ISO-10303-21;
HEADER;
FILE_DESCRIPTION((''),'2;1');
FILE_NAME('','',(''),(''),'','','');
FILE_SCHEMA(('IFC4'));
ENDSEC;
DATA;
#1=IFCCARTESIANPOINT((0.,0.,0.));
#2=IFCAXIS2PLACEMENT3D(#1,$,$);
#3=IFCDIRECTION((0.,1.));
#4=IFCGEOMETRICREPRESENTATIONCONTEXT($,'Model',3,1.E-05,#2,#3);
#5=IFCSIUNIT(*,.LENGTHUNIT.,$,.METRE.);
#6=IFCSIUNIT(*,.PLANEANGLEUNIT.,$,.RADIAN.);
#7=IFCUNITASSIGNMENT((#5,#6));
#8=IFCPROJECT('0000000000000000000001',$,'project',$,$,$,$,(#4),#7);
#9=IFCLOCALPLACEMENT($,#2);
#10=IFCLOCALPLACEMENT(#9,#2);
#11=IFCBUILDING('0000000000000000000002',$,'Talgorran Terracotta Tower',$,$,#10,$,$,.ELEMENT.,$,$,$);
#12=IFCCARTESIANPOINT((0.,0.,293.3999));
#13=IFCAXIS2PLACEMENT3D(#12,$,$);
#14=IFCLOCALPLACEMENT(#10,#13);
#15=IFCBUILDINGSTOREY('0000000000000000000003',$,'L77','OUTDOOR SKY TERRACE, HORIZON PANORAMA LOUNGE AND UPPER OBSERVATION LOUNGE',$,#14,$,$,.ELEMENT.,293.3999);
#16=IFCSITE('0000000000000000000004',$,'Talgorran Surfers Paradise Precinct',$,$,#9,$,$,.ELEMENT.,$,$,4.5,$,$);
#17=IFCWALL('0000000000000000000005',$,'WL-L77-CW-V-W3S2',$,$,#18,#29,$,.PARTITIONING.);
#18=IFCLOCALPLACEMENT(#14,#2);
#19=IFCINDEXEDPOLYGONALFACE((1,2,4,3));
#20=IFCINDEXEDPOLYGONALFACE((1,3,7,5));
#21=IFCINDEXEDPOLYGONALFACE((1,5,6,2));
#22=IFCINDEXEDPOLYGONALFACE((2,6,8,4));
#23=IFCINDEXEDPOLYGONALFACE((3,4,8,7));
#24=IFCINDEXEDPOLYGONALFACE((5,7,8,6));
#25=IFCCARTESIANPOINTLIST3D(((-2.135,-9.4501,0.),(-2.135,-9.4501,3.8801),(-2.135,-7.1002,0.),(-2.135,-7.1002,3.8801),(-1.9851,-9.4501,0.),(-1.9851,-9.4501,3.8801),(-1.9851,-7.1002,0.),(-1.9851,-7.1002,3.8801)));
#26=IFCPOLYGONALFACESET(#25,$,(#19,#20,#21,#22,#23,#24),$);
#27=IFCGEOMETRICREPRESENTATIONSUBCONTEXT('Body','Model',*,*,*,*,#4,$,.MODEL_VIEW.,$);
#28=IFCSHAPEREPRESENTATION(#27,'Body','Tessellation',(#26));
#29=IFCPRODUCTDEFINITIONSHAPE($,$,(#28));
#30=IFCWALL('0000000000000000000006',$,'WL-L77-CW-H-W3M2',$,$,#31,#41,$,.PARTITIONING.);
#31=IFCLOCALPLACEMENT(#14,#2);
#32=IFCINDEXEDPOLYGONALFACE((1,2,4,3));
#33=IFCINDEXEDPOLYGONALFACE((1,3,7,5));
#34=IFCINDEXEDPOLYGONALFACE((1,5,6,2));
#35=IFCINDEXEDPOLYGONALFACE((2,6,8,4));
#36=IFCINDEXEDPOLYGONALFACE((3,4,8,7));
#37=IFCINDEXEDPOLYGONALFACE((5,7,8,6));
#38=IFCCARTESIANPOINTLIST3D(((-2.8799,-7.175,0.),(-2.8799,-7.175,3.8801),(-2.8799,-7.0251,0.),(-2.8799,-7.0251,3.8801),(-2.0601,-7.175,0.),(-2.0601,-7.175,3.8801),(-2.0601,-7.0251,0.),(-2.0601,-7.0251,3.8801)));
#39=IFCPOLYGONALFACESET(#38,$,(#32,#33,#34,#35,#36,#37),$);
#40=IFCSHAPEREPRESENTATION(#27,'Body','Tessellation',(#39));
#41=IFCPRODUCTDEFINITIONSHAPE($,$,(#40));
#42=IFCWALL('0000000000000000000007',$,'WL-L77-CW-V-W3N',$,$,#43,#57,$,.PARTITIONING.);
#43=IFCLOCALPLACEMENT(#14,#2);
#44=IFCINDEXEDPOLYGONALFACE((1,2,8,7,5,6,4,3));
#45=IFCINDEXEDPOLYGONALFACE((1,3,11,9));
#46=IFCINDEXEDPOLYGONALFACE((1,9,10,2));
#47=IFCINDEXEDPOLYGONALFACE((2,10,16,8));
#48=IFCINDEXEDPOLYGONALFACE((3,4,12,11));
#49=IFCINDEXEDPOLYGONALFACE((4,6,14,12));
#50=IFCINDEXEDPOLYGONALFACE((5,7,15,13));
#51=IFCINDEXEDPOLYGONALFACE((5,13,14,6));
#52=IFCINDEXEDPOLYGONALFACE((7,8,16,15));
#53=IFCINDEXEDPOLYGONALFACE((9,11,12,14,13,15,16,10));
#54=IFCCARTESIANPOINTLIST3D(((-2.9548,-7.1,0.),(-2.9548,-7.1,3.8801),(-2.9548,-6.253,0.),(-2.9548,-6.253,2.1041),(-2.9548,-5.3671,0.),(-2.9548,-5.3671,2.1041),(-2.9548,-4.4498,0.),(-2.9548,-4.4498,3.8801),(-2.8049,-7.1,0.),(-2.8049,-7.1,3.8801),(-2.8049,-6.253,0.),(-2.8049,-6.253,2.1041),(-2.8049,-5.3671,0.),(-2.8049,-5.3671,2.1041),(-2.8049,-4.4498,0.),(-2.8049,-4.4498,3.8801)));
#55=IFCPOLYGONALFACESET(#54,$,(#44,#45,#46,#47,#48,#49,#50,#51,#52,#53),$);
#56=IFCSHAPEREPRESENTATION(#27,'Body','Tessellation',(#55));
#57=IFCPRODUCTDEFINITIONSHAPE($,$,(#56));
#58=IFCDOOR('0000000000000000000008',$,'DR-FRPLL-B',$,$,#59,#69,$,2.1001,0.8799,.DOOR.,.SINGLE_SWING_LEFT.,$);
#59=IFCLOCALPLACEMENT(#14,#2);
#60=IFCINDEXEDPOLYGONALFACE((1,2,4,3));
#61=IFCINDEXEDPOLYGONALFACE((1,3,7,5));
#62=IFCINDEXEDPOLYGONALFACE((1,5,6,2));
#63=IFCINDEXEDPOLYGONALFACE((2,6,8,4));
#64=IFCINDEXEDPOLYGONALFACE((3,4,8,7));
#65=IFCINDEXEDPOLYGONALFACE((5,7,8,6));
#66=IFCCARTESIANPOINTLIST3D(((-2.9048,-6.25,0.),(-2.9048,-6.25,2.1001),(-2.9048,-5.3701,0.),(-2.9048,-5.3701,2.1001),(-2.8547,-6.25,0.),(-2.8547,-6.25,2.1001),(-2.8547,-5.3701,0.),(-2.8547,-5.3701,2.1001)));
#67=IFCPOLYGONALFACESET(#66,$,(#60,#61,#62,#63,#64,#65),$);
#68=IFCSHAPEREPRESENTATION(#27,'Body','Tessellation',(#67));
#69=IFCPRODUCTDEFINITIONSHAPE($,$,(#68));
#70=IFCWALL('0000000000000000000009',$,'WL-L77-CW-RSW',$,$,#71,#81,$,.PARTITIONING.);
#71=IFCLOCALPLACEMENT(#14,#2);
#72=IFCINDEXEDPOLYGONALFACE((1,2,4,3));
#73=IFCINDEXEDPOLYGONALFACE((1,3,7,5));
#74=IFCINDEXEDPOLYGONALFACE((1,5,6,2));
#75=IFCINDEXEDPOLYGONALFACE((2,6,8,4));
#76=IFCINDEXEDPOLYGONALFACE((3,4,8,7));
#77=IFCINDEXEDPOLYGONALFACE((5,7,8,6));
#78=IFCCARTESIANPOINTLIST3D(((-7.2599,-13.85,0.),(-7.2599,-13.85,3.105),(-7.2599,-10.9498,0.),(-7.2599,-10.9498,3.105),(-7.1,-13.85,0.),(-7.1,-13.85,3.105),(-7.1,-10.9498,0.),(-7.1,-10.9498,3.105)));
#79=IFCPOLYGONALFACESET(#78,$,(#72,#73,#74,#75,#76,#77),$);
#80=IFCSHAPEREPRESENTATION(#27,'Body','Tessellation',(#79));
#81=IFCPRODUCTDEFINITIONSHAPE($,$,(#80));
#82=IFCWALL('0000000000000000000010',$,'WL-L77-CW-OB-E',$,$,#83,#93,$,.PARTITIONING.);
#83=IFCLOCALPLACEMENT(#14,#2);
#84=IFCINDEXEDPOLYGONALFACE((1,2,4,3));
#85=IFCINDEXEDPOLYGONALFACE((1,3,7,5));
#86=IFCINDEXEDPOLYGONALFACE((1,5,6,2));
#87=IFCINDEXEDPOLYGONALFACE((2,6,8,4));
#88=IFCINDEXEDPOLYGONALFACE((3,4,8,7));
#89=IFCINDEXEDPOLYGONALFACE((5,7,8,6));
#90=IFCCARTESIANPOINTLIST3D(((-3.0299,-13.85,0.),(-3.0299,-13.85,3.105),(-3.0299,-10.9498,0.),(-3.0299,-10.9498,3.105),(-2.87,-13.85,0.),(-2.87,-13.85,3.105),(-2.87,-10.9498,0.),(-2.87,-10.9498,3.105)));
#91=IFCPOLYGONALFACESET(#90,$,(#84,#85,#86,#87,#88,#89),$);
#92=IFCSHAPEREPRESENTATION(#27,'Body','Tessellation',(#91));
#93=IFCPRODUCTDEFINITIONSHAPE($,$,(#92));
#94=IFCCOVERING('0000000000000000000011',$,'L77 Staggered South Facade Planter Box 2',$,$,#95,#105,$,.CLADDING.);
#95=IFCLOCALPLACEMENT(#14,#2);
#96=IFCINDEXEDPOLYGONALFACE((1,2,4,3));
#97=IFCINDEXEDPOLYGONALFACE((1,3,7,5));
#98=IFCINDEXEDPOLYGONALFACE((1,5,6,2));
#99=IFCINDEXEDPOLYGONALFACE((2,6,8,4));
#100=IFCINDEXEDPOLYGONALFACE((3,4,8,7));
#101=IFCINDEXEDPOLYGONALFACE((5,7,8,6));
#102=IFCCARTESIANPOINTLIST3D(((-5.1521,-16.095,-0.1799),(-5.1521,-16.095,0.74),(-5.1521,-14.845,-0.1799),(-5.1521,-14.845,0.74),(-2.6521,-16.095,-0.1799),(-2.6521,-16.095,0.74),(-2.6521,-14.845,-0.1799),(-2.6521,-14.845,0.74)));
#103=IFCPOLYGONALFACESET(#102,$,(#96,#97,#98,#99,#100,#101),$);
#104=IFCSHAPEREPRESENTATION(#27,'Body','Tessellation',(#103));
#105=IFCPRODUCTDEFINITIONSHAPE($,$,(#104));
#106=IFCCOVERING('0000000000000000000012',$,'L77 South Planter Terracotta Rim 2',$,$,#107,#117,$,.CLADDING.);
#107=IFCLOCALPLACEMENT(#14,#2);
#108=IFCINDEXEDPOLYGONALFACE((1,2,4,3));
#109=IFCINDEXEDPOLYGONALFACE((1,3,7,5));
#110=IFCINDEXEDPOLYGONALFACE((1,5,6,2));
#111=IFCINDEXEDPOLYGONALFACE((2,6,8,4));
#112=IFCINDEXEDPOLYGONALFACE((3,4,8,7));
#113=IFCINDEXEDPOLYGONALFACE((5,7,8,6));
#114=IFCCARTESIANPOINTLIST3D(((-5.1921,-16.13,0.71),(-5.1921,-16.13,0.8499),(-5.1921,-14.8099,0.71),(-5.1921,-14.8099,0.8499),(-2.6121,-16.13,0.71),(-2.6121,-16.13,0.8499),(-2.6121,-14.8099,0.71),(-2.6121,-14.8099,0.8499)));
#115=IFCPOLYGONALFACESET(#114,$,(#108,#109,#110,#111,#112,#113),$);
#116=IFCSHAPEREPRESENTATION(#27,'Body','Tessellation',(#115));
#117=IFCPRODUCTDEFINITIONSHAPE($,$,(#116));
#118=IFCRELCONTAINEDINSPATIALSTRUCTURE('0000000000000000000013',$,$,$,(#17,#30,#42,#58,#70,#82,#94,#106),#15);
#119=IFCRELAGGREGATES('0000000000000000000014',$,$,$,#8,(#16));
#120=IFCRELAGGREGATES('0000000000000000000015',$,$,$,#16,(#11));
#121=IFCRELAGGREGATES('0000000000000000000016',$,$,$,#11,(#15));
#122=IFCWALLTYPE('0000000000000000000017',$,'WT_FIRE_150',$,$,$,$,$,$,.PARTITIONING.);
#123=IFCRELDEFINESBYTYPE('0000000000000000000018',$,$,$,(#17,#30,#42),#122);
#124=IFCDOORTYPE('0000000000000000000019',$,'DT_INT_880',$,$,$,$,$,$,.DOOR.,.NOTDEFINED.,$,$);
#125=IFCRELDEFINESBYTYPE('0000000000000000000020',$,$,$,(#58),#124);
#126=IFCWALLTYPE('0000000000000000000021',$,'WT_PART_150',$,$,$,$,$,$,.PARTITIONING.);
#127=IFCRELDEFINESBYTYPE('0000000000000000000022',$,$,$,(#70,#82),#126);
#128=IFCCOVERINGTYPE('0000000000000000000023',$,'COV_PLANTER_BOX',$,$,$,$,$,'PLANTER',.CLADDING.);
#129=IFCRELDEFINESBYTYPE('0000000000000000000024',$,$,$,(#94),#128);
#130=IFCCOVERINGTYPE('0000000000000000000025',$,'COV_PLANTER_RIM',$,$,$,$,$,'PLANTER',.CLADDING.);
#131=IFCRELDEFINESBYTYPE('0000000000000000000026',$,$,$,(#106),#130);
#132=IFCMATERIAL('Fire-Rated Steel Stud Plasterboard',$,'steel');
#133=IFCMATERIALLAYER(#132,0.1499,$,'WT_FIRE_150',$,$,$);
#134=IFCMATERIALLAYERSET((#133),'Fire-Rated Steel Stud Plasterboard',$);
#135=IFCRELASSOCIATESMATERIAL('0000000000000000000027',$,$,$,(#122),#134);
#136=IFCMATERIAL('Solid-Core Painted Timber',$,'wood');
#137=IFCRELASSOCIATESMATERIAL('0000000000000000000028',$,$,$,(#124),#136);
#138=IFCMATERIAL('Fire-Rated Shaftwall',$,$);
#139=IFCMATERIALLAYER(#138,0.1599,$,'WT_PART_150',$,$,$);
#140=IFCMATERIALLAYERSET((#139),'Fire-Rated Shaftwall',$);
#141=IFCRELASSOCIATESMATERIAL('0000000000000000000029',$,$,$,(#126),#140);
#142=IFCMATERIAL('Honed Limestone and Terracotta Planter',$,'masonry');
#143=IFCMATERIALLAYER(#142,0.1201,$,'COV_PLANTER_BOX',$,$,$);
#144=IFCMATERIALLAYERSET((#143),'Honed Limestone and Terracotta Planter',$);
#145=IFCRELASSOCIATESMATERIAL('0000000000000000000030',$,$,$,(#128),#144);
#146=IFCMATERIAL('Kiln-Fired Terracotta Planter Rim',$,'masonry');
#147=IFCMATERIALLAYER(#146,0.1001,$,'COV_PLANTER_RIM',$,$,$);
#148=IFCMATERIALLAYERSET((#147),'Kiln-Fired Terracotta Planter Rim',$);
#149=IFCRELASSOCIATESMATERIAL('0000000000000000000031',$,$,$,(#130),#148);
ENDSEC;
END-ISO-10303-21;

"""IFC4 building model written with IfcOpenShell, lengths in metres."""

from ifc_helpers import new_model, si_unit, direction, frame, frame_2d, origin, origin_2d, place, context, subcontext, project, spatial, rectangle, extrude, material, layer, layer_set, type_object, element, fill, save


model = new_model("IFC4")

# Units and contexts
model_context = context("Model", 3, precision=1e-05, world=origin(), true_north=direction((0.0, 1.0)))
body_context = subcontext(model_context, "Body", "Model", "MODEL_VIEW")
ifc_project = project(units=[si_unit("LENGTHUNIT", "METRE"), si_unit("PLANEANGLEUNIT", "RADIAN")], contexts=[model_context])

# Site, building, storey
site_placement = place(None, origin())
site = spatial("IfcSite", under=ifc_project, at=site_placement, Name="Talgorran Surfers Paradise Precinct", CompositionType="ELEMENT", RefElevation=4.5)
building_placement = place(site_placement, origin())
building = spatial("IfcBuilding", under=site, at=building_placement, Name="Talgorran Terracotta Tower", CompositionType="ELEMENT")
storey_placement = place(building_placement, frame((0.0, 0.0, 293.3999)))
storey = spatial("IfcBuildingStorey", under=building, at=storey_placement, Name="L77", Description="OUTDOOR SKY TERRACE, HORIZON PANORAMA LOUNGE AND UPPER OBSERVATION LOUNGE", CompositionType="ELEMENT", Elevation=293.3999)

# Walls
ifc_material_1 = material(Name="Fire-Rated Steel Stud Plasterboard", Category="steel")
ifc_layer_1 = layer(ifc_material_1, 0.1499, Name="WT_FIRE_150")
ifc_layer_set_1 = layer_set([ifc_layer_1], Name="Fire-Rated Steel Stud Plasterboard")
wall_type_1 = type_object("IfcWallType", Name="WT_FIRE_150", PredefinedType="PARTITIONING", material=ifc_layer_set_1)
wall_1_placement = place(storey_placement, frame((-2.0601, -9.45, 0.0), z_axis=(0.0, 0.0, 1.0), x_axis=(0.0, 1.0, 0.0)))
element("IfcWall", 1, at=wall_1_placement, inside=storey, type_object=wall_type_1, Name="WL-L77-CW-V-W3S2", PredefinedType="PARTITIONING", context=body_context, shape_type="SweptSolid", body=[
    extrude(rectangle(XDim=2.3499, YDim=0.1499, at=frame_2d((1.1748, 0.0))), origin(), (0.0, 0.0, 1.0), 3.8801),
])
wall_2_placement = place(storey_placement, frame((-2.8799, -7.1001, 0.0), z_axis=(0.0, 0.0, 1.0), x_axis=(1.0, 0.0, 0.0)))
element("IfcWall", 2, at=wall_2_placement, inside=storey, type_object=wall_type_1, Name="WL-L77-CW-H-W3M2", PredefinedType="PARTITIONING", context=body_context, shape_type="SweptSolid", body=[
    extrude(rectangle(XDim=0.8198, YDim=0.1499, at=frame_2d((0.4099, 0.0))), origin(), (0.0, 0.0, 1.0), 3.8801),
])

# Wall, opening, door
wall_3_placement = place(storey_placement, frame((-2.8799, -7.1001, 0.0), z_axis=(0.0, 0.0, 1.0), x_axis=(0.0, 1.0, 0.0)))
wall_3 = element("IfcWall", 3, at=wall_3_placement, inside=storey, type_object=wall_type_1, Name="WL-L77-CW-V-W3N", PredefinedType="PARTITIONING", context=body_context, shape_type="SweptSolid", body=[
    extrude(rectangle(XDim=2.6501, YDim=0.1499, at=frame_2d((1.3252, 0.0))), origin(), (0.0, 0.0, 1.0), 3.8801),
])
opening_1_placement = place(wall_3_placement, frame((0.8501, 0.0, 0.0)))
opening_1 = element("IfcOpeningElement", 4, at=opening_1_placement, cuts=wall_3, PredefinedType="OPENING", context=body_context, shape_type="SweptSolid", body=[
    extrude(rectangle(XDim=0.8859, YDim=2.1041, at=frame_2d((0.4399, 1.052))), frame((0.0, 0.085, 0.0), z_axis=(0.0, -1.0, 0.0), x_axis=(1.0, 0.0, 0.0)), (0.0, 0.0, 1.0), 0.1699),
])
ifc_material_2 = material(Name="Solid-Core Painted Timber", Category="wood")
door_type_1 = type_object("IfcDoorType", Name="DT_INT_880", OperationType="NOTDEFINED", PredefinedType="DOOR", material=ifc_material_2)
door_1_placement = place(opening_1_placement, origin())
door_1 = element("IfcDoor", 5, at=door_1_placement, inside=storey, type_object=door_type_1, Name="DR-FRPLL-B", OperationType="SINGLE_SWING_LEFT", OverallHeight=2.1001, OverallWidth=0.8799, PredefinedType="DOOR", context=body_context, shape_type="SweptSolid", body=[
    extrude(rectangle(XDim=0.8799, YDim=2.1001, at=frame_2d((0.4399, 1.05))), frame((0.0, 0.0249, 0.0), z_axis=(0.0, -1.0, 0.0), x_axis=(1.0, 0.0, 0.0)), (0.0, 0.0, 1.0), 0.05),
])
fill(opening_1, door_1)

# Walls
ifc_material_3 = material(Name="Fire-Rated Shaftwall")
ifc_layer_2 = layer(ifc_material_3, 0.1599, Name="WT_PART_150")
ifc_layer_set_2 = layer_set([ifc_layer_2], Name="Fire-Rated Shaftwall")
wall_type_2 = type_object("IfcWallType", Name="WT_PART_150", PredefinedType="PARTITIONING", material=ifc_layer_set_2)
for number, where, z_axis, x_axis, name in (
    (6, (-7.1799, -13.8501, 0.0), (0.0, 0.0, 1.0), (0.0, 1.0, 0.0), "WL-L77-CW-RSW"),
    (7, (-2.95, -13.8501, 0.0), (0.0, 0.0, 1.0), (0.0, 1.0, 0.0), "WL-L77-CW-OB-E"),
):
    element("IfcWall", number, at=place(storey_placement, frame(where, z_axis=z_axis, x_axis=x_axis)), inside=storey, type_object=wall_type_2, Name=name, PredefinedType="PARTITIONING", context=body_context, shape_type="SweptSolid", body=[
        extrude(rectangle(XDim=2.9001, YDim=0.1599, at=frame_2d((1.4502, 0.0))), origin(), (0.0, 0.0, 1.0), 3.105),
    ])

# Coverings
ifc_material_4 = material(Name="Honed Limestone and Terracotta Planter", Category="masonry")
ifc_layer_3 = layer(ifc_material_4, 0.1201, Name="COV_PLANTER_BOX")
ifc_layer_set_3 = layer_set([ifc_layer_3], Name="Honed Limestone and Terracotta Planter")
covering_type_1 = type_object("IfcCoveringType", Name="COV_PLANTER_BOX", ElementType="PLANTER", PredefinedType="CLADDING", material=ifc_layer_set_3)
covering_1_placement = place(storey_placement, frame((-3.9021, -15.47, -0.1799), z_axis=(0.0, 0.0, 1.0), x_axis=(1.0, 0.0, 0.0)))
element("IfcCovering", 8, at=covering_1_placement, inside=storey, type_object=covering_type_1, Name="L77 Staggered South Facade Planter Box 2", PredefinedType="CLADDING", context=body_context, shape_type="SweptSolid", body=[
    extrude(rectangle(XDim=2.5, YDim=1.25, at=origin_2d()), origin(), (0.0, 0.0, 1.0), 0.9199),
])
ifc_material_5 = material(Name="Kiln-Fired Terracotta Planter Rim", Category="masonry")
ifc_layer_4 = layer(ifc_material_5, 0.1001, Name="COV_PLANTER_RIM")
ifc_layer_set_4 = layer_set([ifc_layer_4], Name="Kiln-Fired Terracotta Planter Rim")
covering_type_2 = type_object("IfcCoveringType", Name="COV_PLANTER_RIM", ElementType="PLANTER", PredefinedType="CLADDING", material=ifc_layer_set_4)
covering_2_placement = place(storey_placement, frame((-3.9021, -15.47, 0.71), z_axis=(0.0, 0.0, 1.0), x_axis=(1.0, 0.0, 0.0)))
element("IfcCovering", 9, at=covering_2_placement, inside=storey, type_object=covering_type_2, Name="L77 South Planter Terracotta Rim 2", PredefinedType="CLADDING", context=body_context, shape_type="SweptSolid", body=[
    extrude(rectangle(XDim=2.5801, YDim=1.3201, at=origin_2d()), origin(), (0.0, 0.0, 1.0), 0.1399),
])

save(model, "model.ifc")
